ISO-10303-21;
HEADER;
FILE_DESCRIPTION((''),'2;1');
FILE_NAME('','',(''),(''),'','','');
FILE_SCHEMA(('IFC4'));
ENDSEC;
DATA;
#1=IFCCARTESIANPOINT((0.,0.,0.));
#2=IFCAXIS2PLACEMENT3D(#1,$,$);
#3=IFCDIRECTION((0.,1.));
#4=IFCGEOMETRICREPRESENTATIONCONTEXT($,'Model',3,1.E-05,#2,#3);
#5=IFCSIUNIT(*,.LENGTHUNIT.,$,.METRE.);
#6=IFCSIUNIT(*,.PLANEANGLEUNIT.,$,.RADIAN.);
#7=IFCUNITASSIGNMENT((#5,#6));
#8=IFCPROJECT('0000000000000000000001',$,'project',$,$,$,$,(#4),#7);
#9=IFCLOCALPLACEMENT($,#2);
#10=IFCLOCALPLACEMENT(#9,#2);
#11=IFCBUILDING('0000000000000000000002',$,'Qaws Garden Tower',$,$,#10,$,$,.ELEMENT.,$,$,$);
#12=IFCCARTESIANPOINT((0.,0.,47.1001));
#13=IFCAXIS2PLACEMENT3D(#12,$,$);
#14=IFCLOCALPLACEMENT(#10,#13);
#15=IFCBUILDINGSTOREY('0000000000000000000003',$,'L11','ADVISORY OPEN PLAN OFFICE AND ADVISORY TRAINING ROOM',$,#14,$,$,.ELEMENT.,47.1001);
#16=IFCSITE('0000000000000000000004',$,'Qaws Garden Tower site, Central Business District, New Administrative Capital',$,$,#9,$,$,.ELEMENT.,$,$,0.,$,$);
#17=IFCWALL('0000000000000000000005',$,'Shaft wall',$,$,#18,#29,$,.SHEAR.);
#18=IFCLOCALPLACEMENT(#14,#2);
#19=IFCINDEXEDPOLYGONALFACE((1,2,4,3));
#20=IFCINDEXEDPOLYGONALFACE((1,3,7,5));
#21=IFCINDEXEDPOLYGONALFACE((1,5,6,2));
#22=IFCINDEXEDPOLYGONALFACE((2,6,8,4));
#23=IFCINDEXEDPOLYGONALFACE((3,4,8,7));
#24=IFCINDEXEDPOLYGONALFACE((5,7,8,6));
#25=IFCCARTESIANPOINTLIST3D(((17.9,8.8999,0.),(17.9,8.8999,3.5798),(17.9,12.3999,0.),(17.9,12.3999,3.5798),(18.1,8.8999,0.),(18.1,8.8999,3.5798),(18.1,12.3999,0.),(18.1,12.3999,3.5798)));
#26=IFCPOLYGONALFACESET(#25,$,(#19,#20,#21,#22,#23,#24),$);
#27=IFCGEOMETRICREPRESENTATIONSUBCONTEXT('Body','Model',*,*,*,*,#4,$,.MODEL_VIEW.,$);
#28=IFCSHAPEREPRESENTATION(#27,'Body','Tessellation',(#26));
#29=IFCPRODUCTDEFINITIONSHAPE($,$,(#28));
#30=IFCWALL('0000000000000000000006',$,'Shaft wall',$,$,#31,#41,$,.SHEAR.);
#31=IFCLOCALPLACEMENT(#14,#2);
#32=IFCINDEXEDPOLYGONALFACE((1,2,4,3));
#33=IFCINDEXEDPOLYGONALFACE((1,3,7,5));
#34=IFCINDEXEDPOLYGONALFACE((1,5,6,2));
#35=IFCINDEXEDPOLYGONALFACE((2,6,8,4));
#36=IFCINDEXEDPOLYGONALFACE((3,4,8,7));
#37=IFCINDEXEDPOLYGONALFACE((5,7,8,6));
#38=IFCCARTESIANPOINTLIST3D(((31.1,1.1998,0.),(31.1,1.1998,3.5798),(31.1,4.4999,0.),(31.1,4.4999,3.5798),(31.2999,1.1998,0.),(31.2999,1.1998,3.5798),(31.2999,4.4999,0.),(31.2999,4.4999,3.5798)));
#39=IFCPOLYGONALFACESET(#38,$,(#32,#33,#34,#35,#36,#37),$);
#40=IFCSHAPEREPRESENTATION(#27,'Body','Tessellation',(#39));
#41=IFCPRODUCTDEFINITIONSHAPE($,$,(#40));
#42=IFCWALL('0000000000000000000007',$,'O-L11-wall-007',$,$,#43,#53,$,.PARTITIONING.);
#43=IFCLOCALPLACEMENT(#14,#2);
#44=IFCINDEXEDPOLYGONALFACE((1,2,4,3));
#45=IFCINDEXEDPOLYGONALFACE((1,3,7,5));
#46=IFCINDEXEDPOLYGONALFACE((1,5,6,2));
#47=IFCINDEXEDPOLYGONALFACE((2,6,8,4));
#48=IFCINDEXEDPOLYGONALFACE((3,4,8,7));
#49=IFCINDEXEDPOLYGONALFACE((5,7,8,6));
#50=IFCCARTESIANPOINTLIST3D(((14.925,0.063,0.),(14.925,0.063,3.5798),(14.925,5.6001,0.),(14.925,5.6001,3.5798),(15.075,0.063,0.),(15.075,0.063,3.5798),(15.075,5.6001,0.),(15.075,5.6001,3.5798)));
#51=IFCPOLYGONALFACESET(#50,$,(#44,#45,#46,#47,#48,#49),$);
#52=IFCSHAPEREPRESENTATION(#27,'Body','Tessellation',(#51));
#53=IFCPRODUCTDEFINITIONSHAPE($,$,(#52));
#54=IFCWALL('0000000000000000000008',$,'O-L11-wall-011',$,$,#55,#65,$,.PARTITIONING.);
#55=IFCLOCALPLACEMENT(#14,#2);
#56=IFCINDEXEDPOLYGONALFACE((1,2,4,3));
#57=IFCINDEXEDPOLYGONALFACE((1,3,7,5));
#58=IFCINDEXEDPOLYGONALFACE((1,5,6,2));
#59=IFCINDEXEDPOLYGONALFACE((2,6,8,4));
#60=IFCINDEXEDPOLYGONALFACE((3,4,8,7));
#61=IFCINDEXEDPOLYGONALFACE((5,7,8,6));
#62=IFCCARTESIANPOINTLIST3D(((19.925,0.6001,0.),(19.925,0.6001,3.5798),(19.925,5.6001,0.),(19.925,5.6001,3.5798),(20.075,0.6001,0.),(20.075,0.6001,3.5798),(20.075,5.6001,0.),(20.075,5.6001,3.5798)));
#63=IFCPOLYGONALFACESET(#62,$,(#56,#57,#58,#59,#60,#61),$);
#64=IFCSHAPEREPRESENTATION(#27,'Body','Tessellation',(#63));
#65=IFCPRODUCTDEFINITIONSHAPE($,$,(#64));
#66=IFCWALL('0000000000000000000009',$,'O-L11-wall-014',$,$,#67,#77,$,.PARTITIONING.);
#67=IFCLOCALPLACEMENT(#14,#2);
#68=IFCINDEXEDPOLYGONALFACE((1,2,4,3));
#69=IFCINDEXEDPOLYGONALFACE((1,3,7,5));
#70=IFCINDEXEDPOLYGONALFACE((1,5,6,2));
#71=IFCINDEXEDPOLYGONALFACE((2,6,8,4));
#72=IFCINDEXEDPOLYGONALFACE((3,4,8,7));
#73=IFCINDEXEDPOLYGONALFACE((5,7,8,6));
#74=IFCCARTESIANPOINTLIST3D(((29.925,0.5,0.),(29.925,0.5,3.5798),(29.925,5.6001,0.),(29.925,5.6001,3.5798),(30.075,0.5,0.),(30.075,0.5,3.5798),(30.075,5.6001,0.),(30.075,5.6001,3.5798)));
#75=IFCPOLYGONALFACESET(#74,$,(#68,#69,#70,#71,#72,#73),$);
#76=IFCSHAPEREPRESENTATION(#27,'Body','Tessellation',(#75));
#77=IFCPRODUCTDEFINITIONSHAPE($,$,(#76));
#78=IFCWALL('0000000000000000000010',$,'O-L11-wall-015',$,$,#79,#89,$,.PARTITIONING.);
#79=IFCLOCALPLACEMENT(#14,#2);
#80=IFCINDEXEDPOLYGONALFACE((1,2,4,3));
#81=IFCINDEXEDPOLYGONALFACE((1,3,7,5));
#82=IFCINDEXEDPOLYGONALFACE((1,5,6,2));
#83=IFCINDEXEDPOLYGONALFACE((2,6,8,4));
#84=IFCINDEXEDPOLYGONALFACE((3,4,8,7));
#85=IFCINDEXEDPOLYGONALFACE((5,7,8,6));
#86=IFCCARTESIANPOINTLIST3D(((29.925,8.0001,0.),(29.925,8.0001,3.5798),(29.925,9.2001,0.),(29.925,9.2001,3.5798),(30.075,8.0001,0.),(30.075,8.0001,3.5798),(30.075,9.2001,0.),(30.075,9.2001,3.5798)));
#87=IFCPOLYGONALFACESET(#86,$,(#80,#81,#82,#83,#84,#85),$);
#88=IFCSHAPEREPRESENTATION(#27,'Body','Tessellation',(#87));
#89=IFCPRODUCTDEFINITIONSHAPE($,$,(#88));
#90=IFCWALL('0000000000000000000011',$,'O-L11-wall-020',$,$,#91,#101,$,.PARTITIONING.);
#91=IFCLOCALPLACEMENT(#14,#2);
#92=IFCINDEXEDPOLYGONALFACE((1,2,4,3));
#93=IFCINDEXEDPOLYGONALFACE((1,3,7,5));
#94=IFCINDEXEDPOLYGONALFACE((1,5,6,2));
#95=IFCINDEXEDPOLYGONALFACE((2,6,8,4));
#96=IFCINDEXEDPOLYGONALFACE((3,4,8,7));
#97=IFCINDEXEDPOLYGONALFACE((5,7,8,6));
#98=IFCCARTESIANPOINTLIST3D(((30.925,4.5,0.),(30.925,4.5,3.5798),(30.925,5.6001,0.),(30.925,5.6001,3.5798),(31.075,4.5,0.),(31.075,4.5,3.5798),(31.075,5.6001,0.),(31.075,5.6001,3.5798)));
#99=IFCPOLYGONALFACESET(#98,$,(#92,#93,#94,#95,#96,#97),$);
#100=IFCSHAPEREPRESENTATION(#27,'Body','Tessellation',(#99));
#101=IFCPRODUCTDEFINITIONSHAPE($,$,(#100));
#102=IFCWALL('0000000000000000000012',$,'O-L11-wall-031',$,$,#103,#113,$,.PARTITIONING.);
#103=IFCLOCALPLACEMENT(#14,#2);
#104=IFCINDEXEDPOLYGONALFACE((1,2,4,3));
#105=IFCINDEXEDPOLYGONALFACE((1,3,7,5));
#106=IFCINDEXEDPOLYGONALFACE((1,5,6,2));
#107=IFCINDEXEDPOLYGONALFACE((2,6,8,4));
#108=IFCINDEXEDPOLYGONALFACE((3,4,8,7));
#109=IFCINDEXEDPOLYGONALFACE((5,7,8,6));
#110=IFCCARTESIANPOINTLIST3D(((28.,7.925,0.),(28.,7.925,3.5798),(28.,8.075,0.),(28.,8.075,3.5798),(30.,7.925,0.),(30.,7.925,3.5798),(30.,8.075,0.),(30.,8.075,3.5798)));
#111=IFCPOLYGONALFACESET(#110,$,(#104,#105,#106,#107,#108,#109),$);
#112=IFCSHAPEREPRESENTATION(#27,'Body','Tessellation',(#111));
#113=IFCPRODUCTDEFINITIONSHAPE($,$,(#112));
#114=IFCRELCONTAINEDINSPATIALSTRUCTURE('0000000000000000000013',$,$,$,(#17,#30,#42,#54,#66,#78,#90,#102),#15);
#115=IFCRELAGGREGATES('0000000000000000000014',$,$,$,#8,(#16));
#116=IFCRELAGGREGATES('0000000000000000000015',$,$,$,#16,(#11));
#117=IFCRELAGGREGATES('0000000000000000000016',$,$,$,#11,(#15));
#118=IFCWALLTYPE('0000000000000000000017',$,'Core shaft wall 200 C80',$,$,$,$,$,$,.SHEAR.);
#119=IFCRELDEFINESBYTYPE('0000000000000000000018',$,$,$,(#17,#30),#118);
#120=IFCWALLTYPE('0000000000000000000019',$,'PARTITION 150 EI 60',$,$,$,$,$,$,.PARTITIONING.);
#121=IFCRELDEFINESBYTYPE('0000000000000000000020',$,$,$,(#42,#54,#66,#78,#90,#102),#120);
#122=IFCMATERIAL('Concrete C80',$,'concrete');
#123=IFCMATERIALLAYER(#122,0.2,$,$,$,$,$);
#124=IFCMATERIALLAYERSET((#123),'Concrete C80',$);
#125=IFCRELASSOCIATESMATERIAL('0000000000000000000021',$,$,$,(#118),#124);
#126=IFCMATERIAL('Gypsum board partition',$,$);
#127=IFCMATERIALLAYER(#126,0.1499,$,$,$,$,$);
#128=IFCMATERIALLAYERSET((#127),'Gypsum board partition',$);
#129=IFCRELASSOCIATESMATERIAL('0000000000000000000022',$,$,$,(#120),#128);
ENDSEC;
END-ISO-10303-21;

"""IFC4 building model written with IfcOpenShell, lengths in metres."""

from ifc_helpers import new_model, si_unit, direction, frame, frame_2d, origin, place, context, subcontext, project, spatial, rectangle, extrude, material, layer, layer_set, type_object, element, save


model = new_model("IFC4")

# Units and contexts
model_context = context("Model", 3, precision=1e-05, world=origin(), true_north=direction((0.0, 1.0)))
body_context = subcontext(model_context, "Body", "Model", "MODEL_VIEW")
ifc_project = project(units=[si_unit("LENGTHUNIT", "METRE"), si_unit("PLANEANGLEUNIT", "RADIAN")], contexts=[model_context])

# Site, building, storey
site_placement = place(None, origin())
site = spatial("IfcSite", under=ifc_project, at=site_placement, Name="Qaws Garden Tower site, Central Business District, New Administrative Capital", CompositionType="ELEMENT", RefElevation=0.0)
building_placement = place(site_placement, origin())
building = spatial("IfcBuilding", under=site, at=building_placement, Name="Qaws Garden Tower", CompositionType="ELEMENT")
storey_placement = place(building_placement, frame((0.0, 0.0, 47.1001)))
storey = spatial("IfcBuildingStorey", under=building, at=storey_placement, Name="L11", Description="ADVISORY OPEN PLAN OFFICE AND ADVISORY TRAINING ROOM", CompositionType="ELEMENT", Elevation=47.1001)

# Walls
ifc_material_1 = material(Name="Concrete C80", Category="concrete")
ifc_layer_1 = layer(ifc_material_1, 0.2)
ifc_layer_set_1 = layer_set([ifc_layer_1], Name="Concrete C80")
wall_type_1 = type_object("IfcWallType", Name="Core shaft wall 200 C80", PredefinedType="SHEAR", material=ifc_layer_set_1)
for number, where, z_axis, x_axis, name in (
    (1, (18.0, 8.8999, 0.0), (0.0, 0.0, 1.0), (0.0, 1.0, 0.0), "Shaft wall"),
):
    element("IfcWall", number, at=place(storey_placement, frame(where, z_axis=z_axis, x_axis=x_axis)), inside=storey, type_object=wall_type_1, Name=name, PredefinedType="SHEAR", context=body_context, shape_type="SweptSolid", body=[
        extrude(rectangle(XDim=3.5, YDim=0.2, at=frame_2d((1.75, 0.0))), origin(), (0.0, 0.0, 1.0), 3.5798),
    ])
wall_1_placement = place(storey_placement, frame((31.2, 1.2, 0.0), z_axis=(0.0, 0.0, 1.0), x_axis=(0.0, 1.0, 0.0)))
element("IfcWall", 2, at=wall_1_placement, inside=storey, type_object=wall_type_1, Name="Shaft wall", PredefinedType="SHEAR", context=body_context, shape_type="SweptSolid", body=[
    extrude(rectangle(XDim=3.3, YDim=0.2, at=frame_2d((1.6499, 0.0))), origin(), (0.0, 0.0, 1.0), 3.5798),
])
ifc_material_2 = material(Name="Gypsum board partition")
ifc_layer_2 = layer(ifc_material_2, 0.1499)
ifc_layer_set_2 = layer_set([ifc_layer_2], Name="Gypsum board partition")
wall_type_2 = type_object("IfcWallType", Name="PARTITION 150 EI 60", PredefinedType="PARTITIONING", material=ifc_layer_set_2)
wall_2_placement = place(storey_placement, frame((15.0, 0.063, 0.0), z_axis=(0.0, 0.0, 1.0), x_axis=(0.0, 1.0, 0.0)))
element("IfcWall", 3, at=wall_2_placement, inside=storey, type_object=wall_type_2, Name="O-L11-wall-007", PredefinedType="PARTITIONING", context=body_context, shape_type="SweptSolid", body=[
    extrude(rectangle(XDim=5.5371, YDim=0.1499, at=frame_2d((2.7686, 0.0))), origin(), (0.0, 0.0, 1.0), 3.5798),
])
wall_3_placement = place(storey_placement, frame((20.0, 0.6001, 0.0), z_axis=(0.0, 0.0, 1.0), x_axis=(0.0, 1.0, 0.0)))
element("IfcWall", 4, at=wall_3_placement, inside=storey, type_object=wall_type_2, Name="O-L11-wall-011", PredefinedType="PARTITIONING", context=body_context, shape_type="SweptSolid", body=[
    extrude(rectangle(XDim=5.0, YDim=0.1499, at=frame_2d((2.5, 0.0))), origin(), (0.0, 0.0, 1.0), 3.5798),
])
wall_4_placement = place(storey_placement, frame((30.0, 0.5, 0.0), z_axis=(0.0, 0.0, 1.0), x_axis=(0.0, 1.0, 0.0)))
element("IfcWall", 5, at=wall_4_placement, inside=storey, type_object=wall_type_2, Name="O-L11-wall-014", PredefinedType="PARTITIONING", context=body_context, shape_type="SweptSolid", body=[
    extrude(rectangle(XDim=5.1001, YDim=0.1499, at=frame_2d((2.55, 0.0))), origin(), (0.0, 0.0, 1.0), 3.5798),
])
wall_5_placement = place(storey_placement, frame((30.0, 8.0, 0.0), z_axis=(0.0, 0.0, 1.0), x_axis=(0.0, 1.0, 0.0)))
element("IfcWall", 6, at=wall_5_placement, inside=storey, type_object=wall_type_2, Name="O-L11-wall-015", PredefinedType="PARTITIONING", context=body_context, shape_type="SweptSolid", body=[
    extrude(rectangle(XDim=1.2, YDim=0.1499, at=frame_2d((0.6001, 0.0))), origin(), (0.0, 0.0, 1.0), 3.5798),
])
wall_6_placement = place(storey_placement, frame((31.0, 4.5, 0.0), z_axis=(0.0, 0.0, 1.0), x_axis=(0.0, 1.0, 0.0)))
element("IfcWall", 7, at=wall_6_placement, inside=storey, type_object=wall_type_2, Name="O-L11-wall-020", PredefinedType="PARTITIONING", context=body_context, shape_type="SweptSolid", body=[
    extrude(rectangle(XDim=1.1001, YDim=0.1499, at=frame_2d((0.55, 0.0))), origin(), (0.0, 0.0, 1.0), 3.5798),
])
wall_7_placement = place(storey_placement, frame((28.0, 8.0, 0.0), z_axis=(0.0, 0.0, 1.0), x_axis=(1.0, 0.0, 0.0)))
element("IfcWall", 8, at=wall_7_placement, inside=storey, type_object=wall_type_2, Name="O-L11-wall-031", PredefinedType="PARTITIONING", context=body_context, shape_type="SweptSolid", body=[
    extrude(rectangle(XDim=2.0, YDim=0.1499, at=frame_2d((1.0, 0.0))), origin(), (0.0, 0.0, 1.0), 3.5798),
])

save(model, "model.ifc")
